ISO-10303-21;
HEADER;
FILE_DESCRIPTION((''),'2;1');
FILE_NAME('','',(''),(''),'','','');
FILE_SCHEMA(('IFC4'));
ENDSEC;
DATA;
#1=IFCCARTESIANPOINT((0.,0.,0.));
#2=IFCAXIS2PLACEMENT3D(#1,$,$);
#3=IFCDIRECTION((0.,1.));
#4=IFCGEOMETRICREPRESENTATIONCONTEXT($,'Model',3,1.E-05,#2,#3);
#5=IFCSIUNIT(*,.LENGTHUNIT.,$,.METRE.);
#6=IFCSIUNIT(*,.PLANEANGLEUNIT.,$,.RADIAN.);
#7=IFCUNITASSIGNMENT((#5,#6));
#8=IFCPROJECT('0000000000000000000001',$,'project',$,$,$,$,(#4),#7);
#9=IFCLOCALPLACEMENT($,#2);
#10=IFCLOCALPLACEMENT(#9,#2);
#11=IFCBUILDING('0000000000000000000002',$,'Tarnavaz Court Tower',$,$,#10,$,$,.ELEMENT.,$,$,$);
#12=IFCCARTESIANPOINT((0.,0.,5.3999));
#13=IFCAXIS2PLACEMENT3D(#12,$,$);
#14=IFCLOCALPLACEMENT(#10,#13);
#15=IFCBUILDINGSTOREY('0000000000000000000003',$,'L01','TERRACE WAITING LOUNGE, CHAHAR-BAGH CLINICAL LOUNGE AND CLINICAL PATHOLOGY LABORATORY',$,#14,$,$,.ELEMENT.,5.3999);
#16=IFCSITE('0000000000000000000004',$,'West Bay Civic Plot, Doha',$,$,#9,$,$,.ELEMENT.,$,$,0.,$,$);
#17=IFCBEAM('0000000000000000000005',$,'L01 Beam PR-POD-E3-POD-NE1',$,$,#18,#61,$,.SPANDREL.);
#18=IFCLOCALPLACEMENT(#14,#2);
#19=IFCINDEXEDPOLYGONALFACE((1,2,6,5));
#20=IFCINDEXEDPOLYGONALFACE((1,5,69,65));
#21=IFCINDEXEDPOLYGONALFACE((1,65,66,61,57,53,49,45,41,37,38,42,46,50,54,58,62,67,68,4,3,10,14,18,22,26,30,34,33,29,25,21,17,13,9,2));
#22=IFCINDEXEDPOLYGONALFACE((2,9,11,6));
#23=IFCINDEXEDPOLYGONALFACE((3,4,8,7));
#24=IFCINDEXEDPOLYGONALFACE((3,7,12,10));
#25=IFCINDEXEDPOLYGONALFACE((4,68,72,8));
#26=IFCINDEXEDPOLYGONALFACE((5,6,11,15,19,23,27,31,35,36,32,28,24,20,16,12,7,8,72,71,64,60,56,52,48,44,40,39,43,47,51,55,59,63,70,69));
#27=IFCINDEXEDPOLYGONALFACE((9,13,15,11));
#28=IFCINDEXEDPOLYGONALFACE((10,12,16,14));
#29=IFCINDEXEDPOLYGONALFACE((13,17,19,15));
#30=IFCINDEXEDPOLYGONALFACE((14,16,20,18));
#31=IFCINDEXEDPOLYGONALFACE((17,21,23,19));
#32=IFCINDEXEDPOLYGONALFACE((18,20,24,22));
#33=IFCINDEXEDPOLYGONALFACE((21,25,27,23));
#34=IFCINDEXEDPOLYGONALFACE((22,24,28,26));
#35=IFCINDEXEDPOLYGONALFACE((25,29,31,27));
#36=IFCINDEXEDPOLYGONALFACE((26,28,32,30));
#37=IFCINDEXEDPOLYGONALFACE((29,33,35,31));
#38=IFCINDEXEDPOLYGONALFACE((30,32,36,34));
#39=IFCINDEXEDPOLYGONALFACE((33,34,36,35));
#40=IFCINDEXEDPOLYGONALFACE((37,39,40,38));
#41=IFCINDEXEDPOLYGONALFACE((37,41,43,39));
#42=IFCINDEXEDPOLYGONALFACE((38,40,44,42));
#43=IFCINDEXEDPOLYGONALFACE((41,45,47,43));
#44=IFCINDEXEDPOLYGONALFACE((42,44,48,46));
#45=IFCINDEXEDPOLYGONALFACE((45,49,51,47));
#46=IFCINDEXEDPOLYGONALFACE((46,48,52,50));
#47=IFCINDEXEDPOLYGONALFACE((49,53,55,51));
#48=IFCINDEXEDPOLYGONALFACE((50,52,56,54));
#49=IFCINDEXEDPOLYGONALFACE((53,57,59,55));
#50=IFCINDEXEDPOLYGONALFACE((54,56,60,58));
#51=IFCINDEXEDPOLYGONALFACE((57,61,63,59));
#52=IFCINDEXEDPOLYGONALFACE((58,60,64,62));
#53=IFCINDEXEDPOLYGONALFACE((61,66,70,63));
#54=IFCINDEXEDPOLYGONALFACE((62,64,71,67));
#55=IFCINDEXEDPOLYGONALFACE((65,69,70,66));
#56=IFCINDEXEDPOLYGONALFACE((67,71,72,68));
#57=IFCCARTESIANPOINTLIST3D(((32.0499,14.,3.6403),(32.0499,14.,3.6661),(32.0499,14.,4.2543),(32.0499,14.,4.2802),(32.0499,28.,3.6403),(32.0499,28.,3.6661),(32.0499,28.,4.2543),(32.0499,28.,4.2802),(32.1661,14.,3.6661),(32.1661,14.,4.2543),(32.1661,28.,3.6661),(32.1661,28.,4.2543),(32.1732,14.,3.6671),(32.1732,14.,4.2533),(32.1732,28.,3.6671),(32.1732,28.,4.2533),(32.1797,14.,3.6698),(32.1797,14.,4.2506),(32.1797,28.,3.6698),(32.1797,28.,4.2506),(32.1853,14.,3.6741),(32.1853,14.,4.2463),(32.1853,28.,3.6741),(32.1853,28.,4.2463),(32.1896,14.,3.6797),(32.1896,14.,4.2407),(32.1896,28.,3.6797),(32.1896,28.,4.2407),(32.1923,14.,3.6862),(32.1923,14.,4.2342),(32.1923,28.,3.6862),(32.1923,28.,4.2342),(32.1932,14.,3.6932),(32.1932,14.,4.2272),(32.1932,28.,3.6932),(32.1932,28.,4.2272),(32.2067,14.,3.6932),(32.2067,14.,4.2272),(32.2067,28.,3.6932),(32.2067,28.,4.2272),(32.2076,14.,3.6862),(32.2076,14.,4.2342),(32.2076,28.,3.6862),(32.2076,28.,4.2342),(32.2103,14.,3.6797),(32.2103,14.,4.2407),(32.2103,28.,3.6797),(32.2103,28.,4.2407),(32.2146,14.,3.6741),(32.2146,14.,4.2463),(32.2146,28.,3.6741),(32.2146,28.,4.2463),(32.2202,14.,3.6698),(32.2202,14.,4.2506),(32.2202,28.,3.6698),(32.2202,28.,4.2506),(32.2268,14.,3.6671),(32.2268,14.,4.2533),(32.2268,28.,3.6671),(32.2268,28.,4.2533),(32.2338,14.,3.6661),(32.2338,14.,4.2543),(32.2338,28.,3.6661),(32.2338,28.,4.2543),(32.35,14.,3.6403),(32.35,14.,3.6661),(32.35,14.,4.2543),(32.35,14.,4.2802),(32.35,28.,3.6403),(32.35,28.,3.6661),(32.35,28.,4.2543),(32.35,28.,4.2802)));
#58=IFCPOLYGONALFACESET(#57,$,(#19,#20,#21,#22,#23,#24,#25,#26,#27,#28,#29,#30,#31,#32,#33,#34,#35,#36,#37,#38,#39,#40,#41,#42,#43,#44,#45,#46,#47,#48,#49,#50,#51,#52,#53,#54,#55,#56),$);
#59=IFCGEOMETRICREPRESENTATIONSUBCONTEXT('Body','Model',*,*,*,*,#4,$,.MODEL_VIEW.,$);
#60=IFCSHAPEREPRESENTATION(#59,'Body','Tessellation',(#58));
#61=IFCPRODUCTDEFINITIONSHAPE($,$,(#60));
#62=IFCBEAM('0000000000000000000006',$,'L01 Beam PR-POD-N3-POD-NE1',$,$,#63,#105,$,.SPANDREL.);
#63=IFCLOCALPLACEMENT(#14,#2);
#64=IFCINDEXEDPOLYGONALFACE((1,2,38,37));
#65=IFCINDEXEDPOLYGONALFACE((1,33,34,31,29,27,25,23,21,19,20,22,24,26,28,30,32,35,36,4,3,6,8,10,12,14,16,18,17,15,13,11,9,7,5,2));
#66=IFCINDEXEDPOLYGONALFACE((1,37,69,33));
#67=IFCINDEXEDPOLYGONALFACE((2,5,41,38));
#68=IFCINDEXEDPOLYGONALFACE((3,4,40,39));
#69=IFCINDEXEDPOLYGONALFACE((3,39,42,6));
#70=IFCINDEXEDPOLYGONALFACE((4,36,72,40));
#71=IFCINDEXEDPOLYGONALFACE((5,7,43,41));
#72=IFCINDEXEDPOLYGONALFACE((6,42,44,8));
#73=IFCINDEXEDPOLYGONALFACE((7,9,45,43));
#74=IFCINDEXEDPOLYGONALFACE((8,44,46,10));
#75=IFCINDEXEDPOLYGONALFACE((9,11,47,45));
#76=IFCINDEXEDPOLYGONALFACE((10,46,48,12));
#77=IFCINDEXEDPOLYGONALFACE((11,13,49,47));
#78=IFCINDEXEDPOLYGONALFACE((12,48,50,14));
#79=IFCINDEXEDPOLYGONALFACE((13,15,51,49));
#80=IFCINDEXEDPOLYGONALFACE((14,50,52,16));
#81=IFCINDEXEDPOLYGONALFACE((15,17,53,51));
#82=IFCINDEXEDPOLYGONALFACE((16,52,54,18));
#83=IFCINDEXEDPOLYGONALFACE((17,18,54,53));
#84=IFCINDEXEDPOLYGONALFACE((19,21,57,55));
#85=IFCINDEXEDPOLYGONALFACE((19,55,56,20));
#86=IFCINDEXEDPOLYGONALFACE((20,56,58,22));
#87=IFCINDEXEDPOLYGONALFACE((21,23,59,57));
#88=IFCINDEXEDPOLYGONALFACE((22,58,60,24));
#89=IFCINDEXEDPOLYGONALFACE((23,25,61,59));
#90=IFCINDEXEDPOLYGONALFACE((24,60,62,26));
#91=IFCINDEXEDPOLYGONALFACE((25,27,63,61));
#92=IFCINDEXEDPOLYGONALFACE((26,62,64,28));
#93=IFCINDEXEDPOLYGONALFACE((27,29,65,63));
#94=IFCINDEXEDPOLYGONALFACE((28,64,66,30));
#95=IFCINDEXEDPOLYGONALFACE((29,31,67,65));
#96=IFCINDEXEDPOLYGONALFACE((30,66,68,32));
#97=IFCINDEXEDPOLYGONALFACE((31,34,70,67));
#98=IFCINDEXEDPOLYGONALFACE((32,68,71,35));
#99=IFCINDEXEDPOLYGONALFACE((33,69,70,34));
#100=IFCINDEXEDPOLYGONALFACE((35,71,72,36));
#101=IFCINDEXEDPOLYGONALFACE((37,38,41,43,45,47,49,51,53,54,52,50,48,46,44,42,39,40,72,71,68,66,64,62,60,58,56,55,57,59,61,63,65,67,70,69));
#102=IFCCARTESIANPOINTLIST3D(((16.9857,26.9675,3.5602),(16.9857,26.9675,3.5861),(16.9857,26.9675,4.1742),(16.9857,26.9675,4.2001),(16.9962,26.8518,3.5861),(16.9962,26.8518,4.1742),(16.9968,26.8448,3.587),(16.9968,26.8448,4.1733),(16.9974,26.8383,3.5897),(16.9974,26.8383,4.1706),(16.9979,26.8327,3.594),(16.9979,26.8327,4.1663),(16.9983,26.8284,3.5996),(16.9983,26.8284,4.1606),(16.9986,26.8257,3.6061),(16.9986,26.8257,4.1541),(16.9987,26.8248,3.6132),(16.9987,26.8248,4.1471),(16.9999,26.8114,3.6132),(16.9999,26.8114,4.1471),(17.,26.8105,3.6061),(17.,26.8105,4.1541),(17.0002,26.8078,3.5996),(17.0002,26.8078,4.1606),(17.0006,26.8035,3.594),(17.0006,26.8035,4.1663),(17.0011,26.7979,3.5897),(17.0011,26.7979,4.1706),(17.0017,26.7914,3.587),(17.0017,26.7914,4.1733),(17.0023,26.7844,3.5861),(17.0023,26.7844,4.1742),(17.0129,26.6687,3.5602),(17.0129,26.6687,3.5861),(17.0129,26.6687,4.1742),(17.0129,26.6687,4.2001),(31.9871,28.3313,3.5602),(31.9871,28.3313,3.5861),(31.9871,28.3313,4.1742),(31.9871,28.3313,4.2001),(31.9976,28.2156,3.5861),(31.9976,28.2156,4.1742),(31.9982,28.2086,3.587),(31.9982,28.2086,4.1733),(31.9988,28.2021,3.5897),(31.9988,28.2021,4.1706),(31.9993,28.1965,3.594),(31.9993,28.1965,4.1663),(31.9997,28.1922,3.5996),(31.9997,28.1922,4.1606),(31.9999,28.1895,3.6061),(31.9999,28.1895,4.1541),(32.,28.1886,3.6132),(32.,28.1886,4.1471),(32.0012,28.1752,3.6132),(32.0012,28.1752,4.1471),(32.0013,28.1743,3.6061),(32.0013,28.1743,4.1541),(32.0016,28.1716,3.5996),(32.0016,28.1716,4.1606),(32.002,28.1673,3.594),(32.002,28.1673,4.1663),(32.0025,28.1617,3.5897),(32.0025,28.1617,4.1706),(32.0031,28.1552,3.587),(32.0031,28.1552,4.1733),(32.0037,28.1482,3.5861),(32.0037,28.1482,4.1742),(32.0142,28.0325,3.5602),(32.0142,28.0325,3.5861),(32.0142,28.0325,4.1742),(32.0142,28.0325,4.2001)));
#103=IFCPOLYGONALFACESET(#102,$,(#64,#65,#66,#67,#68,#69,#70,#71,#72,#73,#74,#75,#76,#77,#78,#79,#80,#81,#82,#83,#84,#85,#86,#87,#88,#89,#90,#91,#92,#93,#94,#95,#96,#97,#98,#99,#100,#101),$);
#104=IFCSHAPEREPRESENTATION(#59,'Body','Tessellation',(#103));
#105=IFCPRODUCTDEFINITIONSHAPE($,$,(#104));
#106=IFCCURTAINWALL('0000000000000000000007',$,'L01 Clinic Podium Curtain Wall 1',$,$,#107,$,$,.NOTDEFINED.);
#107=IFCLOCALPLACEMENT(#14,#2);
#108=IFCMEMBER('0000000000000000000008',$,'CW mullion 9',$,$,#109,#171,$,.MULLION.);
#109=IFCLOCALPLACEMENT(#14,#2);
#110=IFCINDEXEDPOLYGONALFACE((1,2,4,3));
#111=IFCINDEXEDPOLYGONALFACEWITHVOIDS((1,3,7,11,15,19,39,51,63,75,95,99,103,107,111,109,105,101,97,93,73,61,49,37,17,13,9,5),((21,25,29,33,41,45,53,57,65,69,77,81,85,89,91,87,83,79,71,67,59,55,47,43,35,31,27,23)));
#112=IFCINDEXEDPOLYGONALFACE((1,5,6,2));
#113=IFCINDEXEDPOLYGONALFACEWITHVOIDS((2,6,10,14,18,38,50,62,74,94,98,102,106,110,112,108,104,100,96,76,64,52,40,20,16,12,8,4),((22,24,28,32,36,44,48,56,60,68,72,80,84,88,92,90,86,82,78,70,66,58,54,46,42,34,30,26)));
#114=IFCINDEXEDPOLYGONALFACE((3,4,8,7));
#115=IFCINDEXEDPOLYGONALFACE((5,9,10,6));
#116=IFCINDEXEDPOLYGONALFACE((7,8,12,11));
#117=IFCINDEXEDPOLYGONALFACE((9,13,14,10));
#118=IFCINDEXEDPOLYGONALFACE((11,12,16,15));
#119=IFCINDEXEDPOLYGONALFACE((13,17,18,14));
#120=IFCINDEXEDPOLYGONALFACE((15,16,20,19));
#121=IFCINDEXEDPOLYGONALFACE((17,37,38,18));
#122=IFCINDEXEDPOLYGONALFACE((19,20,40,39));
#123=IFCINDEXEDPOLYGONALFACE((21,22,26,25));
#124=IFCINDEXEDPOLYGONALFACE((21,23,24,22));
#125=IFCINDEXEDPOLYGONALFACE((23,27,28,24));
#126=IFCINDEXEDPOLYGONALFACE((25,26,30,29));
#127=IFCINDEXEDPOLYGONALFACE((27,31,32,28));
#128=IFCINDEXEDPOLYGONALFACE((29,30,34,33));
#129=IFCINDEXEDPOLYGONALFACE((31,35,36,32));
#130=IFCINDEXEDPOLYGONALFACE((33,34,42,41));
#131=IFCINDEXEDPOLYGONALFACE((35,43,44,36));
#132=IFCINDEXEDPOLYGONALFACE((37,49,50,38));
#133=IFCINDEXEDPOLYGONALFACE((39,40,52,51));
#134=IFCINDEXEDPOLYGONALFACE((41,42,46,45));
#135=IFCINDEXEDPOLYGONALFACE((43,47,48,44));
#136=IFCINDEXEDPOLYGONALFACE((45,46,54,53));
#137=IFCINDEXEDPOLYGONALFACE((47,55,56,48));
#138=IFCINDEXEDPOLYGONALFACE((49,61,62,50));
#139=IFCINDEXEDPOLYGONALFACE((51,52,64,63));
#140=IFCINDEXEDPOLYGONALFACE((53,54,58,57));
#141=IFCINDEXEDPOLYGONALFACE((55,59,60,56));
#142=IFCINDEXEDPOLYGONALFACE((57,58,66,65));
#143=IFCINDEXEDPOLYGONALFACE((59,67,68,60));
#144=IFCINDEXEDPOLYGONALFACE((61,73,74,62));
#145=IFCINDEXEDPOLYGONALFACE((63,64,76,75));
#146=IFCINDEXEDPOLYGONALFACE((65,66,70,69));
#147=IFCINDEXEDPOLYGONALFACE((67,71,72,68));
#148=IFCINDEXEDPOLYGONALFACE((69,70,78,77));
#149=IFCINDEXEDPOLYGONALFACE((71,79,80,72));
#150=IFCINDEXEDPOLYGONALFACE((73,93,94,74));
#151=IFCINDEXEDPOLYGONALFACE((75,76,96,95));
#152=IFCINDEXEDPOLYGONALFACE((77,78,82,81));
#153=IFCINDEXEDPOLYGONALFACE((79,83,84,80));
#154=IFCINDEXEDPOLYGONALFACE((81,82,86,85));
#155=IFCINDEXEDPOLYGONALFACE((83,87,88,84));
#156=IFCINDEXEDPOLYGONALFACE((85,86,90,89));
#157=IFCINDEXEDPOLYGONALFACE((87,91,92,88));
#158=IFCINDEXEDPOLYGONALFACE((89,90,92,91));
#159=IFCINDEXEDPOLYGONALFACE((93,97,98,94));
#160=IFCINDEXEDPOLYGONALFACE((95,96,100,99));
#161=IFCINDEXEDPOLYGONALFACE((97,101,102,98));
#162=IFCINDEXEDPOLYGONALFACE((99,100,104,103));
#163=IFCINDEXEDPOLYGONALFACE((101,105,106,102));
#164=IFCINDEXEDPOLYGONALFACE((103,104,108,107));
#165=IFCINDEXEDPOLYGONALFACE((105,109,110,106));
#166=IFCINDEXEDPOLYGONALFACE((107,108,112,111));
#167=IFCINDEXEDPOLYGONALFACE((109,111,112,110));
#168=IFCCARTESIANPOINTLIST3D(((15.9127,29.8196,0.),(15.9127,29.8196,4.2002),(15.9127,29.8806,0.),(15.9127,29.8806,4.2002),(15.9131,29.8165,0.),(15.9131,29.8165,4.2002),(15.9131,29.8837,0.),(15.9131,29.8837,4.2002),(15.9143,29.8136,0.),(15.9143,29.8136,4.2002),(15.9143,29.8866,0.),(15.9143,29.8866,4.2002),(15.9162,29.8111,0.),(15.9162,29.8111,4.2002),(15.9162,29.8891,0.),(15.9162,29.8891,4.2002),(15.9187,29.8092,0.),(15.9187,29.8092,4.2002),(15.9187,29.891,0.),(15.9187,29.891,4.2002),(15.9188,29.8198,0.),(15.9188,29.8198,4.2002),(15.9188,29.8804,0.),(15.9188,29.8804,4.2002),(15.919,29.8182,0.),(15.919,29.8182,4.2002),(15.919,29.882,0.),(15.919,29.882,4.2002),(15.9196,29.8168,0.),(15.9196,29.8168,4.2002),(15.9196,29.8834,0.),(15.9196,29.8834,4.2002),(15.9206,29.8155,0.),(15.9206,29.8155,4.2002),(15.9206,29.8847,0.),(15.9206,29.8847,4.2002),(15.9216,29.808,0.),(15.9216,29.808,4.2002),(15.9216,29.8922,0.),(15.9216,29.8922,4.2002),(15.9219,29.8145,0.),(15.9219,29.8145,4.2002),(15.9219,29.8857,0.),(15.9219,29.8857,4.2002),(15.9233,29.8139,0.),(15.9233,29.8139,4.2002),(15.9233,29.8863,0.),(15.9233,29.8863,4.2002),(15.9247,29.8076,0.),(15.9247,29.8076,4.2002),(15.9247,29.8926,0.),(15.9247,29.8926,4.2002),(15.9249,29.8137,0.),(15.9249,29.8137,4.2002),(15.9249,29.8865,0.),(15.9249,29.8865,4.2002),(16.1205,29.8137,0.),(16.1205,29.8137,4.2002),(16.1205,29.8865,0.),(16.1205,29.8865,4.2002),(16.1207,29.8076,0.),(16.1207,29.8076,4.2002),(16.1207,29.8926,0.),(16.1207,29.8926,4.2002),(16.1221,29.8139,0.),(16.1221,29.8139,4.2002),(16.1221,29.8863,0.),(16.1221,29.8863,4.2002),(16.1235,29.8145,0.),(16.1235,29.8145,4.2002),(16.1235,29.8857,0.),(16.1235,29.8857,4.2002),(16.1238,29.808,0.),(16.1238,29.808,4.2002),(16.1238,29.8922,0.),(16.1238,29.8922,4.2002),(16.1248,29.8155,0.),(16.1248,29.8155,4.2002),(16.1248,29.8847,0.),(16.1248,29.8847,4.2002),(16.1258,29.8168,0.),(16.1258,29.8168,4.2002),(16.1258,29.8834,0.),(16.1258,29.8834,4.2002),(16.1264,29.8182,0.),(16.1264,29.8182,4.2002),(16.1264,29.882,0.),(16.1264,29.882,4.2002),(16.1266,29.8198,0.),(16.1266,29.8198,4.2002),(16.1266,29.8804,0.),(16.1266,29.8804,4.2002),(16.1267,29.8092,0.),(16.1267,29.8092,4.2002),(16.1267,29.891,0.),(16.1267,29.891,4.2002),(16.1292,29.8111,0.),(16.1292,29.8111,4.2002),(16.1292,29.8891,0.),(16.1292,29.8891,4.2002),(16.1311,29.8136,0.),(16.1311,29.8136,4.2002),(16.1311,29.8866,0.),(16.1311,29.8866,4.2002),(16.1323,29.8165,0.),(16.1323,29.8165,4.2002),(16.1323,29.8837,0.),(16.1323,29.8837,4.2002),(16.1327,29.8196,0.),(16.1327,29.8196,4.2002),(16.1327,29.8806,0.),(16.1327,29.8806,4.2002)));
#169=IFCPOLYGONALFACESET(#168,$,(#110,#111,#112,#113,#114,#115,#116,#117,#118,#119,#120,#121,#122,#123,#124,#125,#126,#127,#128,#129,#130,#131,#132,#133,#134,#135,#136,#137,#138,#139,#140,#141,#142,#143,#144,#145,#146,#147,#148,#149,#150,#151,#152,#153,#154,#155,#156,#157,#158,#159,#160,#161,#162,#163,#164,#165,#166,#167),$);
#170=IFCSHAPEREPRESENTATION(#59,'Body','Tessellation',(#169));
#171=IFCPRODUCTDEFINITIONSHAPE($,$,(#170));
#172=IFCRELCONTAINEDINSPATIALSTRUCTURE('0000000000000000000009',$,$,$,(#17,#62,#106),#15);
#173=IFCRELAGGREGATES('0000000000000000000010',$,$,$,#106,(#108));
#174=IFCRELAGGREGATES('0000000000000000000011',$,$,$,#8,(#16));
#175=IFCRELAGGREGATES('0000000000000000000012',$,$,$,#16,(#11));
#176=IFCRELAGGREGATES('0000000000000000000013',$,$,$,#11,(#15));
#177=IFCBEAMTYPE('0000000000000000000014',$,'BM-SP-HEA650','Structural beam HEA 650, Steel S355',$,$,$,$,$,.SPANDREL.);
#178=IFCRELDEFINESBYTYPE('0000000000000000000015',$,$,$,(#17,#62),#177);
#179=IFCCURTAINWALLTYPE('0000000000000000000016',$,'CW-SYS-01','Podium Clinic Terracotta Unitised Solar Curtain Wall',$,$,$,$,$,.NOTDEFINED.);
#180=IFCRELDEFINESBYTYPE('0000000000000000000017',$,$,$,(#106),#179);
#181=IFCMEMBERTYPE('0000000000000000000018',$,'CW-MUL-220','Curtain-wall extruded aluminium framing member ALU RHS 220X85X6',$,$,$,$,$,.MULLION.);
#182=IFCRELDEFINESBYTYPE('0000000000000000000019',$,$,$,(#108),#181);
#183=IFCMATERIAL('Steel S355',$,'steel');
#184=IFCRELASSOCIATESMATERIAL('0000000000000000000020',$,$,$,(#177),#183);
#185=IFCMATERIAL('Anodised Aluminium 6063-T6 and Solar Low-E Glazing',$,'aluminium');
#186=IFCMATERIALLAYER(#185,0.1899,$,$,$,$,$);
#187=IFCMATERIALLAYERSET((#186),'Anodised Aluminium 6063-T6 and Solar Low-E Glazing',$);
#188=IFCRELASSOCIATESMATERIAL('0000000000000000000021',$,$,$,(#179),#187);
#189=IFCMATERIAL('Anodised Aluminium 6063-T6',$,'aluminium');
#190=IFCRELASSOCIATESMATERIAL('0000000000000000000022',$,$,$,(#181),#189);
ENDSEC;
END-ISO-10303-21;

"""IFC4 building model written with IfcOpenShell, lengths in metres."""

from ifc_helpers import new_model, si_unit, direction, frame, origin, origin_2d, place, context, subcontext, project, spatial, hollow_rectangle, i_section, extrude, material, layer, layer_set, material_profile, profile_set, type_object, element, aggregate, save


model = new_model("IFC4")

# Units and contexts
model_context = context("Model", 3, precision=1e-05, world=origin(), true_north=direction((0.0, 1.0)))
body_context = subcontext(model_context, "Body", "Model", "MODEL_VIEW")
ifc_project = project(units=[si_unit("LENGTHUNIT", "METRE"), si_unit("PLANEANGLEUNIT", "RADIAN")], contexts=[model_context])

# Site, building, storey
site_placement = place(None, origin())
site = spatial("IfcSite", under=ifc_project, at=site_placement, Name="West Bay Civic Plot, Doha", CompositionType="ELEMENT", RefElevation=0.0)
building_placement = place(site_placement, origin())
building = spatial("IfcBuilding", under=site, at=building_placement, Name="Tarnavaz Court Tower", CompositionType="ELEMENT")
storey_placement = place(building_placement, frame((0.0, 0.0, 5.3999)))
storey = spatial("IfcBuildingStorey", under=building, at=storey_placement, Name="L01", Description="TERRACE WAITING LOUNGE, CHAHAR-BAGH CLINICAL LOUNGE AND CLINICAL PATHOLOGY LABORATORY", CompositionType="ELEMENT", Elevation=5.3999)

# Beams
ifc_material_1 = material(Name="Steel S355", Category="steel")
ifc_material_profile_1 = material_profile(ifc_material_1, i_section(OverallWidth=0.3, OverallDepth=0.6399, WebThickness=0.0134, FlangeThickness=0.0259, FilletRadius=0.0271, at=origin_2d()), Name="HEA 650")
ifc_profile_set_1 = profile_set([ifc_material_profile_1], Name="Steel S355")
beam_type_1 = type_object("IfcBeamType", Name="BM-SP-HEA650", Description="Structural beam HEA 650, Steel S355", PredefinedType="SPANDREL", material=ifc_profile_set_1)
beam_1_placement = place(storey_placement, frame((32.2, 14.0, 3.9602), z_axis=(0.0, 1.0, 0.0), x_axis=(-1.0, 0.0, 0.0)))
element("IfcBeam", 1, at=beam_1_placement, inside=storey, type_object=beam_type_1, Name="L01 Beam PR-POD-E3-POD-NE1", PredefinedType="SPANDREL", context=body_context, shape_type="SweptSolid", body=[
    extrude(i_section(OverallWidth=0.3, OverallDepth=0.6399, WebThickness=0.0134, FlangeThickness=0.0259, FilletRadius=0.0271, at=origin_2d()), origin(), (0.0, 0.0, 1.0), 14.0),
])
beam_2_placement = place(storey_placement, frame((16.9993, 26.8181, 3.8801), z_axis=(0.995893, 0.090536, 0.0), x_axis=(-0.090536, 0.995893, 0.0)))
element("IfcBeam", 2, at=beam_2_placement, inside=storey, type_object=beam_type_1, Name="L01 Beam PR-POD-N3-POD-NE1", PredefinedType="SPANDREL", context=body_context, shape_type="SweptSolid", body=[
    extrude(i_section(OverallWidth=0.3, OverallDepth=0.6399, WebThickness=0.0134, FlangeThickness=0.0259, FilletRadius=0.0271, at=origin_2d()), origin(), (0.0, 0.0, 1.0), 15.0632),
])

# Curtain wall, member
ifc_material_2 = material(Name="Anodised Aluminium 6063-T6 and Solar Low-E Glazing", Category="aluminium")
ifc_layer_1 = layer(ifc_material_2, 0.1899)
ifc_layer_set_1 = layer_set([ifc_layer_1], Name="Anodised Aluminium 6063-T6 and Solar Low-E Glazing")
curtain_wall_type = type_object("IfcCurtainWallType", Name="CW-SYS-01", Description="Podium Clinic Terracotta Unitised Solar Curtain Wall", PredefinedType="NOTDEFINED", material=ifc_layer_set_1)
curtain_wall_placement = place(storey_placement, origin())
curtain_wall = element("IfcCurtainWall", 3, at=curtain_wall_placement, inside=storey, type_object=curtain_wall_type, Name="L01 Clinic Podium Curtain Wall 1", PredefinedType="NOTDEFINED")
ifc_material_3 = material(Name="Anodised Aluminium 6063-T6", Category="aluminium")
ifc_material_profile_2 = material_profile(ifc_material_3, hollow_rectangle(XDim=0.085, YDim=0.22, WallThickness=0.0061, InnerFilletRadius=0.0061, OuterFilletRadius=0.012, at=origin_2d()), Name="ALU RHS 220X85X6")
ifc_profile_set_2 = profile_set([ifc_material_profile_2], Name="Anodised Aluminium 6063-T6")
member_type_1 = type_object("IfcMemberType", Name="CW-MUL-220", Description="Curtain-wall extruded aluminium framing member ALU RHS 220X85X6", PredefinedType="MULLION", material=ifc_profile_set_2)
member_1_placement = place(storey_placement, frame((16.0227, 29.8501, 0.0), z_axis=(0.0, 0.0, 1.0), x_axis=(0.0, 1.0, 0.0)))
member_1 = element("IfcMember", 4, at=member_1_placement, type_object=member_type_1, Name="CW mullion 9", PredefinedType="MULLION", context=body_context, shape_type="SweptSolid", body=[
    extrude(hollow_rectangle(XDim=0.085, YDim=0.22, WallThickness=0.0061, InnerFilletRadius=0.0061, OuterFilletRadius=0.012, at=origin_2d()), origin(), (0.0, 0.0, 1.0), 4.2002),
])
aggregate(curtain_wall, [member_1])

save(model, "model.ifc")
